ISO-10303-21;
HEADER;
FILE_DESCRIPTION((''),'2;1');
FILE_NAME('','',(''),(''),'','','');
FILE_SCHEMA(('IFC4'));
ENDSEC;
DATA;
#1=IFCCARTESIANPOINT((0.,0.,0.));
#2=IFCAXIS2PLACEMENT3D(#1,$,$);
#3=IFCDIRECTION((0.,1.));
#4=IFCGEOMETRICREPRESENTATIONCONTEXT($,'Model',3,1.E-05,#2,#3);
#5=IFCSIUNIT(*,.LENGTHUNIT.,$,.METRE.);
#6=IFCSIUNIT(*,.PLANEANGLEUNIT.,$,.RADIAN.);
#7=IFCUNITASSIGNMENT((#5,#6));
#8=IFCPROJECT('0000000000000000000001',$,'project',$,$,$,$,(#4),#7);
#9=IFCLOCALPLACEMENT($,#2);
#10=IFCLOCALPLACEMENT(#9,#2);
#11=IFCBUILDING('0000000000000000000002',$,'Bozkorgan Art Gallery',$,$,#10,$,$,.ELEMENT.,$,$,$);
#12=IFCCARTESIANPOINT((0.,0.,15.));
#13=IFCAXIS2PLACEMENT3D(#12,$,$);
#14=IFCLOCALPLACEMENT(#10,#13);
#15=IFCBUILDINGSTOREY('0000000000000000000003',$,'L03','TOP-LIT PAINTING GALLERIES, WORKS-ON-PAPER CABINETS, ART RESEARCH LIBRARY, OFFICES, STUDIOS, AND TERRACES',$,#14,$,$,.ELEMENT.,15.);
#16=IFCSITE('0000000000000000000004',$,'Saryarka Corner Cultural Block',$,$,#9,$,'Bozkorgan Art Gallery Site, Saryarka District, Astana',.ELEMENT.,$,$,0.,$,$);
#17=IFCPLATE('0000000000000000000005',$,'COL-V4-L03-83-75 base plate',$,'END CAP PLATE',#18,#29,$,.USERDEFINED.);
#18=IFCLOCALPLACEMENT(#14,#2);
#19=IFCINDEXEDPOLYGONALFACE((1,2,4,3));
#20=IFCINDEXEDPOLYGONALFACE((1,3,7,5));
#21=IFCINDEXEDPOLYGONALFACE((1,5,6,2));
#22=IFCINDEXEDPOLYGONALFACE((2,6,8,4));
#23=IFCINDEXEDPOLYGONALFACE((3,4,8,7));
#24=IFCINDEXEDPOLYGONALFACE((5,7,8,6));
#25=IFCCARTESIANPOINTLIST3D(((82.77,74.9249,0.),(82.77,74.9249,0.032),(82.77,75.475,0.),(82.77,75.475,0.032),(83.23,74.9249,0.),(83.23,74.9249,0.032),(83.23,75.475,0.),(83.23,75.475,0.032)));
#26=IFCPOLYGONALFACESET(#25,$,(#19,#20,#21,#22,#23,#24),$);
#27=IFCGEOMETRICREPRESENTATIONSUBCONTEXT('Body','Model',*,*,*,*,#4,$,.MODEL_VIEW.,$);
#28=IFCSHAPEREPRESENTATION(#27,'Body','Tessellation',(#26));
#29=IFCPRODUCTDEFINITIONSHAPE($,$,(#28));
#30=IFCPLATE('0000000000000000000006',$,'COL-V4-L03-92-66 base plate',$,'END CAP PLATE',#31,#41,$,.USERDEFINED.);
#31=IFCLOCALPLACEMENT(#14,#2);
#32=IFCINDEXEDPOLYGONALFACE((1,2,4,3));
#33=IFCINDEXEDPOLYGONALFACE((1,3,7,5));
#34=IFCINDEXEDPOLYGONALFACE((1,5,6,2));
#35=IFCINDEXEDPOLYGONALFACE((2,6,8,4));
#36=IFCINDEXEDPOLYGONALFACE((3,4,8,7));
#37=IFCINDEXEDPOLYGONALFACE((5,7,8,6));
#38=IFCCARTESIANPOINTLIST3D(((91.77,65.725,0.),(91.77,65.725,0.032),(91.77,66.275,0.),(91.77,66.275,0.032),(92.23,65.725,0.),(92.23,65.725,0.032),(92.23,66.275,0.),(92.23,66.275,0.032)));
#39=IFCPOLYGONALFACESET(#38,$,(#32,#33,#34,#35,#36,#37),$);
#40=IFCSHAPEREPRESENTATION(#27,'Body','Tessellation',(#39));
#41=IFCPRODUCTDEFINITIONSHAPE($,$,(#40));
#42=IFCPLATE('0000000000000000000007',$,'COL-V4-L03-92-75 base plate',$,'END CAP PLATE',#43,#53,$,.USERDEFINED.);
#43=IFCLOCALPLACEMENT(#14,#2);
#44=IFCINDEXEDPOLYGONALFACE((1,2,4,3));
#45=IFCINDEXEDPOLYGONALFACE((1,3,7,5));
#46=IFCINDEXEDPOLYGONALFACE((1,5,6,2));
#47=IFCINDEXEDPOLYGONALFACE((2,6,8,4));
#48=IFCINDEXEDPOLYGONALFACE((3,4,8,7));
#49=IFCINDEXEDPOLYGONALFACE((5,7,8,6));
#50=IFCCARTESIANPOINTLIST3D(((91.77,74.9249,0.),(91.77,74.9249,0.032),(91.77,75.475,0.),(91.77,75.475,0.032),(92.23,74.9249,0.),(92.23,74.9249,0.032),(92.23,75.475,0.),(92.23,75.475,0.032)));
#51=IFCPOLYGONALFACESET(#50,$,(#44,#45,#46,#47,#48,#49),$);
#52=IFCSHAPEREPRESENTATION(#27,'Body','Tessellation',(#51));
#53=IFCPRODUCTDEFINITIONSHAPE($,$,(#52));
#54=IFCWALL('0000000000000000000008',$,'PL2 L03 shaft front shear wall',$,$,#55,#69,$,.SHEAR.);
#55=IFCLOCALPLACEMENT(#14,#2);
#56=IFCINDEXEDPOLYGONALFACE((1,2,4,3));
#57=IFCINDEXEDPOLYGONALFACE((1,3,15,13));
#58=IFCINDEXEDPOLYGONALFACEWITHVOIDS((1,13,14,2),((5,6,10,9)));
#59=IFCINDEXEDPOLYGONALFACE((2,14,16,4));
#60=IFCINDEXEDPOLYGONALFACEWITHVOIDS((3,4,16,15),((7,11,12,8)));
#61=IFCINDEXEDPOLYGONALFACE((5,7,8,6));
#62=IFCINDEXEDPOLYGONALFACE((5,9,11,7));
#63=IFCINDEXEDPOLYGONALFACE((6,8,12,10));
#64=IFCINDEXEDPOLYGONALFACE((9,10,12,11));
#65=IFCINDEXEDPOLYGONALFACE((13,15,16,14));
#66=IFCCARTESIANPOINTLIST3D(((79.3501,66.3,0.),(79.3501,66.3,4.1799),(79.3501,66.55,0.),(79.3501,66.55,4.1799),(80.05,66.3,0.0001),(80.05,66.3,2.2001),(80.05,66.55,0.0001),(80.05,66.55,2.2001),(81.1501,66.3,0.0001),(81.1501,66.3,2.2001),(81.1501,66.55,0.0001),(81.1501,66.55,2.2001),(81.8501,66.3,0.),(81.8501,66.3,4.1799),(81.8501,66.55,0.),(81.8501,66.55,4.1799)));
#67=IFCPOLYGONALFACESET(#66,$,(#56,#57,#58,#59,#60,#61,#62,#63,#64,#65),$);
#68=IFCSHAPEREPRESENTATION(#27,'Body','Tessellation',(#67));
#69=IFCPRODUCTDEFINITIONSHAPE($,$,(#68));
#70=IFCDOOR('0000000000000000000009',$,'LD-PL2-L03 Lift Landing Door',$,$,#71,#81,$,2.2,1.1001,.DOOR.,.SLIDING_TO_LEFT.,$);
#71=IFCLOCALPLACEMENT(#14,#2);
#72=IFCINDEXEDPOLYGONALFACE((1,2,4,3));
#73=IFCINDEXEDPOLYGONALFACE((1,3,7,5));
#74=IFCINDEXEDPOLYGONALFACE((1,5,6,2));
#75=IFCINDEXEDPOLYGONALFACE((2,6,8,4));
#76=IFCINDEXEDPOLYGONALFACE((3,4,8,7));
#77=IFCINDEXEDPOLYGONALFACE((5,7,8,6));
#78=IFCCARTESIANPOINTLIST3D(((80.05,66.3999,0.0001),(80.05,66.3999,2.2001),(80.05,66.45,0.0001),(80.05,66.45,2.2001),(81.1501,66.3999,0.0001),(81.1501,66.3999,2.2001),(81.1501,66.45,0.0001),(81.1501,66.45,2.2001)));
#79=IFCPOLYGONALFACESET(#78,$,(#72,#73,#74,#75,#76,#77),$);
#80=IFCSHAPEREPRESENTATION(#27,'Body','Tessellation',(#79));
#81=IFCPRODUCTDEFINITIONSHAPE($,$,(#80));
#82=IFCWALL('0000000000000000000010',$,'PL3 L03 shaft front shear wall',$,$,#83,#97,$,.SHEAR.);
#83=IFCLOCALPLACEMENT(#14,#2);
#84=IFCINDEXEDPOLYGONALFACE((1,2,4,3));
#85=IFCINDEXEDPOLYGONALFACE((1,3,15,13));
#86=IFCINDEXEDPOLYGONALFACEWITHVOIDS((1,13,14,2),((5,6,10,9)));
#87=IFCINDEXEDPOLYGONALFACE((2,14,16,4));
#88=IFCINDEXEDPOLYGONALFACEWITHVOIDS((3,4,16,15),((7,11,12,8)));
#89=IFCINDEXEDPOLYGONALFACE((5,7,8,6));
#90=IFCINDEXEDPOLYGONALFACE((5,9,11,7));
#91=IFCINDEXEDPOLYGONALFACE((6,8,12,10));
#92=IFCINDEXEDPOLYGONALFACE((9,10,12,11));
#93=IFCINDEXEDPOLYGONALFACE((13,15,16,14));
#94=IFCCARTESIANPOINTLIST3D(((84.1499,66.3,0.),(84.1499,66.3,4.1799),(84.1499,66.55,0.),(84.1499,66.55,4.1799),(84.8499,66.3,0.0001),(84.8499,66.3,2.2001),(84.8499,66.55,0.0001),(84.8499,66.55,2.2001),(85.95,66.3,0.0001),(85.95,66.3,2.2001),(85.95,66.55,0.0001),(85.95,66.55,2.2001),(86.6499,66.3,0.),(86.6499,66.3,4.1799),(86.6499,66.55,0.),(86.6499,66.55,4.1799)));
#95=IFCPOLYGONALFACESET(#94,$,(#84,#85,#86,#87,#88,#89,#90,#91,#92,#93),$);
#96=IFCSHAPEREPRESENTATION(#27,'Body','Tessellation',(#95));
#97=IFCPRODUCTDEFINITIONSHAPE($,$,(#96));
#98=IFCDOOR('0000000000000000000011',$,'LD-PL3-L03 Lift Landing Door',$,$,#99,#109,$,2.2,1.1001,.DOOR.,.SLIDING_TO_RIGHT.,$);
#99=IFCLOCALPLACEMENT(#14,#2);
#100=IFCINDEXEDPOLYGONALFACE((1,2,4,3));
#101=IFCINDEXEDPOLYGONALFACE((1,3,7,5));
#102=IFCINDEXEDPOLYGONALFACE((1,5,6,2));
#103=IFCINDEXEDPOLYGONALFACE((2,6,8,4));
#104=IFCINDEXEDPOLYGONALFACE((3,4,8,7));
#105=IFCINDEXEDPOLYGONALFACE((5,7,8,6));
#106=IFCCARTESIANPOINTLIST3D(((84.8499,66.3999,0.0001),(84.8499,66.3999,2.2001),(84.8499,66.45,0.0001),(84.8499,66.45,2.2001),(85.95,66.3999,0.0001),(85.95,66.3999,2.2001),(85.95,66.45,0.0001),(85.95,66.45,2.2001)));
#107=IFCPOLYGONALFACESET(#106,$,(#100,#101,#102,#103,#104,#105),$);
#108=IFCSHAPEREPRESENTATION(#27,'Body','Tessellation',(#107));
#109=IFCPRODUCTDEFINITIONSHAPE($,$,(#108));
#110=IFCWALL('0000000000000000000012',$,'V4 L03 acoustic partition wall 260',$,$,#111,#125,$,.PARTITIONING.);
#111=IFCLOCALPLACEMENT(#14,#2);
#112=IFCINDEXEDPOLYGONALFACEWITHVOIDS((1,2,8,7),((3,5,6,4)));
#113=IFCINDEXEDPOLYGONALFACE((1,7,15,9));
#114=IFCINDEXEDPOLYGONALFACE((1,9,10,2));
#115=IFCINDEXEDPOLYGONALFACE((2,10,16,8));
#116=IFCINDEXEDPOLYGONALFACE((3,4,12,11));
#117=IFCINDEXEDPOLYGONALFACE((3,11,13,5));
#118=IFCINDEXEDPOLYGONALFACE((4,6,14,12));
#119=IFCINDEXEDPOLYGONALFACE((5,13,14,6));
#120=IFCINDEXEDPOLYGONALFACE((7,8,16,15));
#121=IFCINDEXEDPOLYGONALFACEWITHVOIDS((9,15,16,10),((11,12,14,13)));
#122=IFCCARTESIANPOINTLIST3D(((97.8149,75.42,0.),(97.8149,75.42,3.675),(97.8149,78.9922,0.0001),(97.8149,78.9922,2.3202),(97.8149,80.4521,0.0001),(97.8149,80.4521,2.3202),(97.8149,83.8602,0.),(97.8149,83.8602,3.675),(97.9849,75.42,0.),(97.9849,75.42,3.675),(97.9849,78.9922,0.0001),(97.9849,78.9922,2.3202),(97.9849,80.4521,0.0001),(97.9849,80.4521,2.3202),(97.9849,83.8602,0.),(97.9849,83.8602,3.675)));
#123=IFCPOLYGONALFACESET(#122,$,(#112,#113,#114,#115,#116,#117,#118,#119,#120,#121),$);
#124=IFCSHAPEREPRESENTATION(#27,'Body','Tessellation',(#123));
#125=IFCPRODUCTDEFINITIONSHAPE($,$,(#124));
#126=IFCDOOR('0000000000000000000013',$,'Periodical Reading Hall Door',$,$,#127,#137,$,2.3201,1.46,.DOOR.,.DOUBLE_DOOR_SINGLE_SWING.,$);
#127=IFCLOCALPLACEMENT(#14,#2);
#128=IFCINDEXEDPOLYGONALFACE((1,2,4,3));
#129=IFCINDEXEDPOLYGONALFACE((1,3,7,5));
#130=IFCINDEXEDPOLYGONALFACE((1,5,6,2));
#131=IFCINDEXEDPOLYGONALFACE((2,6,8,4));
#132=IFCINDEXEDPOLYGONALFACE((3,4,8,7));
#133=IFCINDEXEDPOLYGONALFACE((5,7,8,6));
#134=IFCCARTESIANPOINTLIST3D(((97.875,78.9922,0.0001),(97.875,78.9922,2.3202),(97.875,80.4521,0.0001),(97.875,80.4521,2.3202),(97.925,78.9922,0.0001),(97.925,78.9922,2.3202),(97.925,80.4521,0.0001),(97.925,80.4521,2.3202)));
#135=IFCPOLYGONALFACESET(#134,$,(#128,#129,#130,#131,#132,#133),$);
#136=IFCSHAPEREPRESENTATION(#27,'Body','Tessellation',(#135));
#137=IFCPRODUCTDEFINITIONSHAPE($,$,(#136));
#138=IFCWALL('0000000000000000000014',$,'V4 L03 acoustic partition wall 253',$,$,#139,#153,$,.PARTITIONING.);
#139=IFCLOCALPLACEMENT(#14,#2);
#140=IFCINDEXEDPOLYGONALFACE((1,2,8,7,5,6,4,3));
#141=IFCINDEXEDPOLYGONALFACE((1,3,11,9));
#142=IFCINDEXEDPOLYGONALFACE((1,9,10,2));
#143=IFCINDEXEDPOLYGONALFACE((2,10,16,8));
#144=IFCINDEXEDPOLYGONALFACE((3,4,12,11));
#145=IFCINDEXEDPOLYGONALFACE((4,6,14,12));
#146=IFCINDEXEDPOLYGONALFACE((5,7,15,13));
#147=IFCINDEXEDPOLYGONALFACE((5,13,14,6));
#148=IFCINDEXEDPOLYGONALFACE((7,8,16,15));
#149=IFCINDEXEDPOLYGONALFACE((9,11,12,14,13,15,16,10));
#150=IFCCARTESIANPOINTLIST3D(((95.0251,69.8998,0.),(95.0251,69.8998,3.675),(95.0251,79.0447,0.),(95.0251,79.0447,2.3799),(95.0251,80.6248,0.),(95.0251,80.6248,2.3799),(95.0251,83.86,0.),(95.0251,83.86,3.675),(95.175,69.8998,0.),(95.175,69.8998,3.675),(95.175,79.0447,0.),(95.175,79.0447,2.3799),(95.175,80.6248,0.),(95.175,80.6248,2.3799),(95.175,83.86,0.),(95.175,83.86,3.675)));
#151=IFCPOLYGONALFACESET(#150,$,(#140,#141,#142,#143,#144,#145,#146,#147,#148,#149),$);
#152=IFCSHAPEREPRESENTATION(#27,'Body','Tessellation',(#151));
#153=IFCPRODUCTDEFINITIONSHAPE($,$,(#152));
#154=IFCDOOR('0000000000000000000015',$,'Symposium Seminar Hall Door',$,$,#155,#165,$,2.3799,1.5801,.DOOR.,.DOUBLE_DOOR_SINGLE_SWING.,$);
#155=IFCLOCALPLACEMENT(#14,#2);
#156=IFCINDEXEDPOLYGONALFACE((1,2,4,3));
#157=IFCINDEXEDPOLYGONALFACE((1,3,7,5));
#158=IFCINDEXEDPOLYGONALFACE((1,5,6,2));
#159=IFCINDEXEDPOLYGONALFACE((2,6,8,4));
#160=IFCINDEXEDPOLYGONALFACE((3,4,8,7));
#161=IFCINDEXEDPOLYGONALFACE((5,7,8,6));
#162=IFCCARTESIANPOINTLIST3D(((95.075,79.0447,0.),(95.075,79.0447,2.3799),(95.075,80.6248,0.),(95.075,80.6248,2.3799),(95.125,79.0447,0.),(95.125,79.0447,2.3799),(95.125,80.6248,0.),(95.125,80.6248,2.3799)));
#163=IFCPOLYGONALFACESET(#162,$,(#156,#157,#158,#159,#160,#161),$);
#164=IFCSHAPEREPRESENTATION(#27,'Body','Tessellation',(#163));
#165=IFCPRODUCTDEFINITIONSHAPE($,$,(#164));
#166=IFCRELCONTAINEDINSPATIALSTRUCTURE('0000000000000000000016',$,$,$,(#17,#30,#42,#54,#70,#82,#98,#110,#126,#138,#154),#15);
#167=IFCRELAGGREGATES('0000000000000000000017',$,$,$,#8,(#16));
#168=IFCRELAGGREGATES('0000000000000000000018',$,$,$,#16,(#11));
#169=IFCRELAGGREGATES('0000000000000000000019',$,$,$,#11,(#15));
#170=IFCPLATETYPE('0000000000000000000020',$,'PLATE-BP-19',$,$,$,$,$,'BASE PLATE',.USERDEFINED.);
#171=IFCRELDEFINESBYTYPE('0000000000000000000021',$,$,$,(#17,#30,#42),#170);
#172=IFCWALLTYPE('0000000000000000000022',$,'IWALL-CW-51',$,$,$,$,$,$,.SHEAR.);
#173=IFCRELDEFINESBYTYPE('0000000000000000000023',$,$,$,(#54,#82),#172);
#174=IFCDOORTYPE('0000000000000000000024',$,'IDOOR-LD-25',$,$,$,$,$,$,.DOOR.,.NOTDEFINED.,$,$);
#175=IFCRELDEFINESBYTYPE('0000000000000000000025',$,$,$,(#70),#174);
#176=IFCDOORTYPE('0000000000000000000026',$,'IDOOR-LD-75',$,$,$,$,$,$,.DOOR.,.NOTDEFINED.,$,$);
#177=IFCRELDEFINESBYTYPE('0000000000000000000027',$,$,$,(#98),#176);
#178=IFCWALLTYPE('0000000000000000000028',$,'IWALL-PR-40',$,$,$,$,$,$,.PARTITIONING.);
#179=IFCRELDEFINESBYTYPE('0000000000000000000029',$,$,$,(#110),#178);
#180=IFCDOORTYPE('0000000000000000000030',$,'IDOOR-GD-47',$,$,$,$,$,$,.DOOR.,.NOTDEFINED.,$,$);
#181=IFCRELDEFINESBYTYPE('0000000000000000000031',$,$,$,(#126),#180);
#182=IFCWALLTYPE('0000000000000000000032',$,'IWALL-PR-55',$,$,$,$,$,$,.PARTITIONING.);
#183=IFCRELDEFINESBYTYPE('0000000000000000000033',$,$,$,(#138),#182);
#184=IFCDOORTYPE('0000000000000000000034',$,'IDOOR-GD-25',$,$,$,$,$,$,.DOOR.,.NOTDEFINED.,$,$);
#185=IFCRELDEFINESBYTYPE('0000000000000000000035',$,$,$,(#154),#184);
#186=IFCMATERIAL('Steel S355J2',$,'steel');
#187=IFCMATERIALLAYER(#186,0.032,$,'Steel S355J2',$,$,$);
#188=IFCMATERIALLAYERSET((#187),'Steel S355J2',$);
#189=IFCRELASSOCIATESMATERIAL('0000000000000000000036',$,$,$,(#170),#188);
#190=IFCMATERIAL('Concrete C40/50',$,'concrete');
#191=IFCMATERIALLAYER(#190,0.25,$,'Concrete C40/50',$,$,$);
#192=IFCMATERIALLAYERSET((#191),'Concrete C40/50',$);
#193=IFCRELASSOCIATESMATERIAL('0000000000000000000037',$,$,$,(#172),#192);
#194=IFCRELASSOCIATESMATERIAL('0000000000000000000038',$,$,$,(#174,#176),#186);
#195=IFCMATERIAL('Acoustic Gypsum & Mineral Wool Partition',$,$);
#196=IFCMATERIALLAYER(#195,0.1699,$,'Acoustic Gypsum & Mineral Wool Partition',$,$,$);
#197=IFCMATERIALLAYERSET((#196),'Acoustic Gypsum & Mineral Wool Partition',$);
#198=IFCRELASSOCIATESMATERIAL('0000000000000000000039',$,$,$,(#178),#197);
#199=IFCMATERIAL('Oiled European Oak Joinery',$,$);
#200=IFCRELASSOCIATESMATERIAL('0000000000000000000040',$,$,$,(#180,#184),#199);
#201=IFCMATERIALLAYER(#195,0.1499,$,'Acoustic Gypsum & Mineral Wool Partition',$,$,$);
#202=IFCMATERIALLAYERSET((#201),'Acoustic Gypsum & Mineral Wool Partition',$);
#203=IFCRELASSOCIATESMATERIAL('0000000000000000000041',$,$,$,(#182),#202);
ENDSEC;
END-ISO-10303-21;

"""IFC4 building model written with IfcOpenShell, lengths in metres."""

from ifc_helpers import new_model, si_unit, direction, frame, frame_2d, origin, origin_2d, place, context, subcontext, project, spatial, rectangle, extrude, material, layer, layer_set, type_object, element, fill, save


model = new_model("IFC4")

# Units and contexts
model_context = context("Model", 3, precision=1e-05, world=origin(), true_north=direction((0.0, 1.0)))
body_context = subcontext(model_context, "Body", "Model", "MODEL_VIEW")
ifc_project = project(units=[si_unit("LENGTHUNIT", "METRE"), si_unit("PLANEANGLEUNIT", "RADIAN")], contexts=[model_context])

# Site, building, storey
site_placement = place(None, origin())
site = spatial("IfcSite", under=ifc_project, at=site_placement, Name="Saryarka Corner Cultural Block", LongName="Bozkorgan Art Gallery Site, Saryarka District, Astana", CompositionType="ELEMENT", RefElevation=0.0)
building_placement = place(site_placement, origin())
building = spatial("IfcBuilding", under=site, at=building_placement, Name="Bozkorgan Art Gallery", CompositionType="ELEMENT")
storey_placement = place(building_placement, frame((0.0, 0.0, 15.0)))
storey = spatial("IfcBuildingStorey", under=building, at=storey_placement, Name="L03", Description="TOP-LIT PAINTING GALLERIES, WORKS-ON-PAPER CABINETS, ART RESEARCH LIBRARY, OFFICES, STUDIOS, AND TERRACES", CompositionType="ELEMENT", Elevation=15.0)

# Shared definitions
ifc_material_1 = material(Name="Steel S355J2", Category="steel")

# Plates
ifc_layer_1 = layer(ifc_material_1, 0.032, Name="Steel S355J2")
ifc_layer_set_1 = layer_set([ifc_layer_1], Name="Steel S355J2")
plate_type = type_object("IfcPlateType", Name="PLATE-BP-19", ElementType="BASE PLATE", PredefinedType="USERDEFINED", material=ifc_layer_set_1)
for number, where, z_axis, x_axis, name in (
    (1, (83.0, 75.2, 0.0), (0.0, 0.0, 1.0), (1.0, 0.0, 0.0), "COL-V4-L03-83-75 base plate"),
    (2, (92.0, 66.0, 0.0), (0.0, 0.0, 1.0), (1.0, 0.0, 0.0), "COL-V4-L03-92-66 base plate"),
    (3, (92.0, 75.2, 0.0), (0.0, 0.0, 1.0), (1.0, 0.0, 0.0), "COL-V4-L03-92-75 base plate"),
):
    element("IfcPlate", number, at=place(storey_placement, frame(where, z_axis=z_axis, x_axis=x_axis)), inside=storey, type_object=plate_type, Name=name, ObjectType="END CAP PLATE", PredefinedType="USERDEFINED", context=body_context, shape_type="SweptSolid", body=[
        extrude(rectangle(XDim=0.46, YDim=0.55, at=origin_2d()), origin(), (0.0, 0.0, 1.0), 0.032),
    ])

# Walls, openings, doors
ifc_material_2 = material(Name="Concrete C40/50", Category="concrete")
ifc_layer_2 = layer(ifc_material_2, 0.25, Name="Concrete C40/50")
ifc_layer_set_2 = layer_set([ifc_layer_2], Name="Concrete C40/50")
wall_type_1 = type_object("IfcWallType", Name="IWALL-CW-51", PredefinedType="SHEAR", material=ifc_layer_set_2)
wall_1_placement = place(storey_placement, frame((79.3501, 66.425, 0.0), z_axis=(0.0, 0.0, 1.0), x_axis=(1.0, 0.0, 0.0)))
wall_1 = element("IfcWall", 4, at=wall_1_placement, inside=storey, type_object=wall_type_1, Name="PL2 L03 shaft front shear wall", PredefinedType="SHEAR", context=body_context, shape_type="SweptSolid", body=[
    extrude(rectangle(XDim=2.5, YDim=0.25, at=frame_2d((1.25, 0.0))), origin(), (0.0, 0.0, 1.0), 4.1799),
])
opening_1_placement = place(wall_1_placement, frame((0.7, 0.0, 0.0)))
opening_1 = element("IfcOpeningElement", 5, at=opening_1_placement, cuts=wall_1, PredefinedType="OPENING", context=body_context, shape_type="SweptSolid", body=[
    extrude(rectangle(XDim=1.1001, YDim=2.2, at=frame_2d((0.55, 1.1001))), frame((0.0, 0.135, 0.0), z_axis=(0.0, -1.0, 0.0), x_axis=(1.0, 0.0, 0.0)), (0.0, 0.0, 1.0), 0.27),
])
door_type_1 = type_object("IfcDoorType", Name="IDOOR-LD-25", OperationType="NOTDEFINED", PredefinedType="DOOR", material=ifc_material_1)
door_1_placement = place(opening_1_placement, origin())
door_1 = element("IfcDoor", 6, at=door_1_placement, inside=storey, type_object=door_type_1, Name="LD-PL2-L03 Lift Landing Door", OperationType="SLIDING_TO_LEFT", OverallHeight=2.2, OverallWidth=1.1001, PredefinedType="DOOR", context=body_context, shape_type="SweptSolid", body=[
    extrude(rectangle(XDim=1.1001, YDim=2.2, at=frame_2d((0.55, 1.1001))), frame((0.0, 0.0249, 0.0), z_axis=(0.0, -1.0, 0.0), x_axis=(1.0, 0.0, 0.0)), (0.0, 0.0, 1.0), 0.05),
])
fill(opening_1, door_1)
wall_2_placement = place(storey_placement, frame((84.1499, 66.425, 0.0), z_axis=(0.0, 0.0, 1.0), x_axis=(1.0, 0.0, 0.0)))
wall_2 = element("IfcWall", 7, at=wall_2_placement, inside=storey, type_object=wall_type_1, Name="PL3 L03 shaft front shear wall", PredefinedType="SHEAR", context=body_context, shape_type="SweptSolid", body=[
    extrude(rectangle(XDim=2.5, YDim=0.25, at=frame_2d((1.25, 0.0))), origin(), (0.0, 0.0, 1.0), 4.1799),
])
opening_2_placement = place(wall_2_placement, frame((0.7, 0.0, 0.0)))
opening_2 = element("IfcOpeningElement", 8, at=opening_2_placement, cuts=wall_2, PredefinedType="OPENING", context=body_context, shape_type="SweptSolid", body=[
    extrude(rectangle(XDim=1.1001, YDim=2.2, at=frame_2d((0.55, 1.1001))), frame((0.0, 0.135, 0.0), z_axis=(0.0, -1.0, 0.0), x_axis=(1.0, 0.0, 0.0)), (0.0, 0.0, 1.0), 0.27),
])
door_type_2 = type_object("IfcDoorType", Name="IDOOR-LD-75", OperationType="NOTDEFINED", PredefinedType="DOOR", material=ifc_material_1)
door_2_placement = place(opening_2_placement, origin())
door_2 = element("IfcDoor", 9, at=door_2_placement, inside=storey, type_object=door_type_2, Name="LD-PL3-L03 Lift Landing Door", OperationType="SLIDING_TO_RIGHT", OverallHeight=2.2, OverallWidth=1.1001, PredefinedType="DOOR", context=body_context, shape_type="SweptSolid", body=[
    extrude(rectangle(XDim=1.1001, YDim=2.2, at=frame_2d((0.55, 1.1001))), frame((0.0, 0.0249, 0.0), z_axis=(0.0, -1.0, 0.0), x_axis=(1.0, 0.0, 0.0)), (0.0, 0.0, 1.0), 0.05),
])
fill(opening_2, door_2)
ifc_material_3 = material(Name="Acoustic Gypsum & Mineral Wool Partition")
ifc_layer_3 = layer(ifc_material_3, 0.1699, Name="Acoustic Gypsum & Mineral Wool Partition")
ifc_layer_set_3 = layer_set([ifc_layer_3], Name="Acoustic Gypsum & Mineral Wool Partition")
wall_type_2 = type_object("IfcWallType", Name="IWALL-PR-40", PredefinedType="PARTITIONING", material=ifc_layer_set_3)
wall_3_placement = place(storey_placement, frame((97.8999, 75.4199, 0.0), z_axis=(0.0, 0.0, 1.0), x_axis=(0.0, 1.0, 0.0)))
wall_3 = element("IfcWall", 10, at=wall_3_placement, inside=storey, type_object=wall_type_2, Name="V4 L03 acoustic partition wall 260", PredefinedType="PARTITIONING", context=body_context, shape_type="SweptSolid", body=[
    extrude(rectangle(XDim=8.4402, YDim=0.1699, at=frame_2d((4.2202, 0.0))), origin(), (0.0, 0.0, 1.0), 3.675),
])
opening_3_placement = place(wall_3_placement, frame((3.5723, 0.0, 0.0)))
opening_3 = element("IfcOpeningElement", 11, at=opening_3_placement, cuts=wall_3, PredefinedType="OPENING", context=body_context, shape_type="SweptSolid", body=[
    extrude(rectangle(XDim=1.46, YDim=2.3201, at=frame_2d((0.73, 1.1602))), frame((0.0, 0.095, 0.0), z_axis=(0.0, -1.0, 0.0), x_axis=(1.0, 0.0, 0.0)), (0.0, 0.0, 1.0), 0.1899),
])
ifc_material_4 = material(Name="Oiled European Oak Joinery")
door_type_3 = type_object("IfcDoorType", Name="IDOOR-GD-47", OperationType="NOTDEFINED", PredefinedType="DOOR", material=ifc_material_4)
door_3_placement = place(opening_3_placement, origin())
door_3 = element("IfcDoor", 12, at=door_3_placement, inside=storey, type_object=door_type_3, Name="Periodical Reading Hall Door", OperationType="DOUBLE_DOOR_SINGLE_SWING", OverallHeight=2.3201, OverallWidth=1.46, PredefinedType="DOOR", context=body_context, shape_type="SweptSolid", body=[
    extrude(rectangle(XDim=1.46, YDim=2.3201, at=frame_2d((0.73, 1.1602))), frame((0.0, 0.0249, 0.0), z_axis=(0.0, -1.0, 0.0), x_axis=(1.0, 0.0, 0.0)), (0.0, 0.0, 1.0), 0.05),
])
fill(opening_3, door_3)
ifc_layer_4 = layer(ifc_material_3, 0.1499, Name="Acoustic Gypsum & Mineral Wool Partition")
ifc_layer_set_4 = layer_set([ifc_layer_4], Name="Acoustic Gypsum & Mineral Wool Partition")
wall_type_3 = type_object("IfcWallType", Name="IWALL-PR-55", PredefinedType="PARTITIONING", material=ifc_layer_set_4)
wall_4_placement = place(storey_placement, frame((95.1001, 69.8999, 0.0), z_axis=(0.0, 0.0, 1.0), x_axis=(0.0, 1.0, 0.0)))
wall_4 = element("IfcWall", 13, at=wall_4_placement, inside=storey, type_object=wall_type_3, Name="V4 L03 acoustic partition wall 253", PredefinedType="PARTITIONING", context=body_context, shape_type="SweptSolid", body=[
    extrude(rectangle(XDim=13.9602, YDim=0.1499, at=frame_2d((6.98, 0.0))), origin(), (0.0, 0.0, 1.0), 3.675),
])
opening_4_placement = place(wall_4_placement, frame((10.7249, 0.0, 0.0), z_axis=(0.0, 0.0, 1.0), x_axis=(-1.0, 0.0, 0.0)))
opening_4 = element("IfcOpeningElement", 14, at=opening_4_placement, cuts=wall_4, PredefinedType="OPENING", context=body_context, shape_type="SweptSolid", body=[
    extrude(rectangle(XDim=1.5801, YDim=2.3799, at=frame_2d((0.79, 1.1899))), frame((0.0, 0.085, 0.0), z_axis=(0.0, -1.0, 0.0), x_axis=(1.0, 0.0, 0.0)), (0.0, 0.0, 1.0), 0.1699),
])
door_type_4 = type_object("IfcDoorType", Name="IDOOR-GD-25", OperationType="NOTDEFINED", PredefinedType="DOOR", material=ifc_material_4)
door_4_placement = place(opening_4_placement, origin())
door_4 = element("IfcDoor", 15, at=door_4_placement, inside=storey, type_object=door_type_4, Name="Symposium Seminar Hall Door", OperationType="DOUBLE_DOOR_SINGLE_SWING", OverallHeight=2.3799, OverallWidth=1.5801, PredefinedType="DOOR", context=body_context, shape_type="SweptSolid", body=[
    extrude(rectangle(XDim=1.5801, YDim=2.3799, at=frame_2d((0.79, 1.1899))), frame((0.0, 0.0249, 0.0), z_axis=(0.0, -1.0, 0.0), x_axis=(1.0, 0.0, 0.0)), (0.0, 0.0, 1.0), 0.05),
])
fill(opening_4, door_4)

save(model, "model.ifc")
